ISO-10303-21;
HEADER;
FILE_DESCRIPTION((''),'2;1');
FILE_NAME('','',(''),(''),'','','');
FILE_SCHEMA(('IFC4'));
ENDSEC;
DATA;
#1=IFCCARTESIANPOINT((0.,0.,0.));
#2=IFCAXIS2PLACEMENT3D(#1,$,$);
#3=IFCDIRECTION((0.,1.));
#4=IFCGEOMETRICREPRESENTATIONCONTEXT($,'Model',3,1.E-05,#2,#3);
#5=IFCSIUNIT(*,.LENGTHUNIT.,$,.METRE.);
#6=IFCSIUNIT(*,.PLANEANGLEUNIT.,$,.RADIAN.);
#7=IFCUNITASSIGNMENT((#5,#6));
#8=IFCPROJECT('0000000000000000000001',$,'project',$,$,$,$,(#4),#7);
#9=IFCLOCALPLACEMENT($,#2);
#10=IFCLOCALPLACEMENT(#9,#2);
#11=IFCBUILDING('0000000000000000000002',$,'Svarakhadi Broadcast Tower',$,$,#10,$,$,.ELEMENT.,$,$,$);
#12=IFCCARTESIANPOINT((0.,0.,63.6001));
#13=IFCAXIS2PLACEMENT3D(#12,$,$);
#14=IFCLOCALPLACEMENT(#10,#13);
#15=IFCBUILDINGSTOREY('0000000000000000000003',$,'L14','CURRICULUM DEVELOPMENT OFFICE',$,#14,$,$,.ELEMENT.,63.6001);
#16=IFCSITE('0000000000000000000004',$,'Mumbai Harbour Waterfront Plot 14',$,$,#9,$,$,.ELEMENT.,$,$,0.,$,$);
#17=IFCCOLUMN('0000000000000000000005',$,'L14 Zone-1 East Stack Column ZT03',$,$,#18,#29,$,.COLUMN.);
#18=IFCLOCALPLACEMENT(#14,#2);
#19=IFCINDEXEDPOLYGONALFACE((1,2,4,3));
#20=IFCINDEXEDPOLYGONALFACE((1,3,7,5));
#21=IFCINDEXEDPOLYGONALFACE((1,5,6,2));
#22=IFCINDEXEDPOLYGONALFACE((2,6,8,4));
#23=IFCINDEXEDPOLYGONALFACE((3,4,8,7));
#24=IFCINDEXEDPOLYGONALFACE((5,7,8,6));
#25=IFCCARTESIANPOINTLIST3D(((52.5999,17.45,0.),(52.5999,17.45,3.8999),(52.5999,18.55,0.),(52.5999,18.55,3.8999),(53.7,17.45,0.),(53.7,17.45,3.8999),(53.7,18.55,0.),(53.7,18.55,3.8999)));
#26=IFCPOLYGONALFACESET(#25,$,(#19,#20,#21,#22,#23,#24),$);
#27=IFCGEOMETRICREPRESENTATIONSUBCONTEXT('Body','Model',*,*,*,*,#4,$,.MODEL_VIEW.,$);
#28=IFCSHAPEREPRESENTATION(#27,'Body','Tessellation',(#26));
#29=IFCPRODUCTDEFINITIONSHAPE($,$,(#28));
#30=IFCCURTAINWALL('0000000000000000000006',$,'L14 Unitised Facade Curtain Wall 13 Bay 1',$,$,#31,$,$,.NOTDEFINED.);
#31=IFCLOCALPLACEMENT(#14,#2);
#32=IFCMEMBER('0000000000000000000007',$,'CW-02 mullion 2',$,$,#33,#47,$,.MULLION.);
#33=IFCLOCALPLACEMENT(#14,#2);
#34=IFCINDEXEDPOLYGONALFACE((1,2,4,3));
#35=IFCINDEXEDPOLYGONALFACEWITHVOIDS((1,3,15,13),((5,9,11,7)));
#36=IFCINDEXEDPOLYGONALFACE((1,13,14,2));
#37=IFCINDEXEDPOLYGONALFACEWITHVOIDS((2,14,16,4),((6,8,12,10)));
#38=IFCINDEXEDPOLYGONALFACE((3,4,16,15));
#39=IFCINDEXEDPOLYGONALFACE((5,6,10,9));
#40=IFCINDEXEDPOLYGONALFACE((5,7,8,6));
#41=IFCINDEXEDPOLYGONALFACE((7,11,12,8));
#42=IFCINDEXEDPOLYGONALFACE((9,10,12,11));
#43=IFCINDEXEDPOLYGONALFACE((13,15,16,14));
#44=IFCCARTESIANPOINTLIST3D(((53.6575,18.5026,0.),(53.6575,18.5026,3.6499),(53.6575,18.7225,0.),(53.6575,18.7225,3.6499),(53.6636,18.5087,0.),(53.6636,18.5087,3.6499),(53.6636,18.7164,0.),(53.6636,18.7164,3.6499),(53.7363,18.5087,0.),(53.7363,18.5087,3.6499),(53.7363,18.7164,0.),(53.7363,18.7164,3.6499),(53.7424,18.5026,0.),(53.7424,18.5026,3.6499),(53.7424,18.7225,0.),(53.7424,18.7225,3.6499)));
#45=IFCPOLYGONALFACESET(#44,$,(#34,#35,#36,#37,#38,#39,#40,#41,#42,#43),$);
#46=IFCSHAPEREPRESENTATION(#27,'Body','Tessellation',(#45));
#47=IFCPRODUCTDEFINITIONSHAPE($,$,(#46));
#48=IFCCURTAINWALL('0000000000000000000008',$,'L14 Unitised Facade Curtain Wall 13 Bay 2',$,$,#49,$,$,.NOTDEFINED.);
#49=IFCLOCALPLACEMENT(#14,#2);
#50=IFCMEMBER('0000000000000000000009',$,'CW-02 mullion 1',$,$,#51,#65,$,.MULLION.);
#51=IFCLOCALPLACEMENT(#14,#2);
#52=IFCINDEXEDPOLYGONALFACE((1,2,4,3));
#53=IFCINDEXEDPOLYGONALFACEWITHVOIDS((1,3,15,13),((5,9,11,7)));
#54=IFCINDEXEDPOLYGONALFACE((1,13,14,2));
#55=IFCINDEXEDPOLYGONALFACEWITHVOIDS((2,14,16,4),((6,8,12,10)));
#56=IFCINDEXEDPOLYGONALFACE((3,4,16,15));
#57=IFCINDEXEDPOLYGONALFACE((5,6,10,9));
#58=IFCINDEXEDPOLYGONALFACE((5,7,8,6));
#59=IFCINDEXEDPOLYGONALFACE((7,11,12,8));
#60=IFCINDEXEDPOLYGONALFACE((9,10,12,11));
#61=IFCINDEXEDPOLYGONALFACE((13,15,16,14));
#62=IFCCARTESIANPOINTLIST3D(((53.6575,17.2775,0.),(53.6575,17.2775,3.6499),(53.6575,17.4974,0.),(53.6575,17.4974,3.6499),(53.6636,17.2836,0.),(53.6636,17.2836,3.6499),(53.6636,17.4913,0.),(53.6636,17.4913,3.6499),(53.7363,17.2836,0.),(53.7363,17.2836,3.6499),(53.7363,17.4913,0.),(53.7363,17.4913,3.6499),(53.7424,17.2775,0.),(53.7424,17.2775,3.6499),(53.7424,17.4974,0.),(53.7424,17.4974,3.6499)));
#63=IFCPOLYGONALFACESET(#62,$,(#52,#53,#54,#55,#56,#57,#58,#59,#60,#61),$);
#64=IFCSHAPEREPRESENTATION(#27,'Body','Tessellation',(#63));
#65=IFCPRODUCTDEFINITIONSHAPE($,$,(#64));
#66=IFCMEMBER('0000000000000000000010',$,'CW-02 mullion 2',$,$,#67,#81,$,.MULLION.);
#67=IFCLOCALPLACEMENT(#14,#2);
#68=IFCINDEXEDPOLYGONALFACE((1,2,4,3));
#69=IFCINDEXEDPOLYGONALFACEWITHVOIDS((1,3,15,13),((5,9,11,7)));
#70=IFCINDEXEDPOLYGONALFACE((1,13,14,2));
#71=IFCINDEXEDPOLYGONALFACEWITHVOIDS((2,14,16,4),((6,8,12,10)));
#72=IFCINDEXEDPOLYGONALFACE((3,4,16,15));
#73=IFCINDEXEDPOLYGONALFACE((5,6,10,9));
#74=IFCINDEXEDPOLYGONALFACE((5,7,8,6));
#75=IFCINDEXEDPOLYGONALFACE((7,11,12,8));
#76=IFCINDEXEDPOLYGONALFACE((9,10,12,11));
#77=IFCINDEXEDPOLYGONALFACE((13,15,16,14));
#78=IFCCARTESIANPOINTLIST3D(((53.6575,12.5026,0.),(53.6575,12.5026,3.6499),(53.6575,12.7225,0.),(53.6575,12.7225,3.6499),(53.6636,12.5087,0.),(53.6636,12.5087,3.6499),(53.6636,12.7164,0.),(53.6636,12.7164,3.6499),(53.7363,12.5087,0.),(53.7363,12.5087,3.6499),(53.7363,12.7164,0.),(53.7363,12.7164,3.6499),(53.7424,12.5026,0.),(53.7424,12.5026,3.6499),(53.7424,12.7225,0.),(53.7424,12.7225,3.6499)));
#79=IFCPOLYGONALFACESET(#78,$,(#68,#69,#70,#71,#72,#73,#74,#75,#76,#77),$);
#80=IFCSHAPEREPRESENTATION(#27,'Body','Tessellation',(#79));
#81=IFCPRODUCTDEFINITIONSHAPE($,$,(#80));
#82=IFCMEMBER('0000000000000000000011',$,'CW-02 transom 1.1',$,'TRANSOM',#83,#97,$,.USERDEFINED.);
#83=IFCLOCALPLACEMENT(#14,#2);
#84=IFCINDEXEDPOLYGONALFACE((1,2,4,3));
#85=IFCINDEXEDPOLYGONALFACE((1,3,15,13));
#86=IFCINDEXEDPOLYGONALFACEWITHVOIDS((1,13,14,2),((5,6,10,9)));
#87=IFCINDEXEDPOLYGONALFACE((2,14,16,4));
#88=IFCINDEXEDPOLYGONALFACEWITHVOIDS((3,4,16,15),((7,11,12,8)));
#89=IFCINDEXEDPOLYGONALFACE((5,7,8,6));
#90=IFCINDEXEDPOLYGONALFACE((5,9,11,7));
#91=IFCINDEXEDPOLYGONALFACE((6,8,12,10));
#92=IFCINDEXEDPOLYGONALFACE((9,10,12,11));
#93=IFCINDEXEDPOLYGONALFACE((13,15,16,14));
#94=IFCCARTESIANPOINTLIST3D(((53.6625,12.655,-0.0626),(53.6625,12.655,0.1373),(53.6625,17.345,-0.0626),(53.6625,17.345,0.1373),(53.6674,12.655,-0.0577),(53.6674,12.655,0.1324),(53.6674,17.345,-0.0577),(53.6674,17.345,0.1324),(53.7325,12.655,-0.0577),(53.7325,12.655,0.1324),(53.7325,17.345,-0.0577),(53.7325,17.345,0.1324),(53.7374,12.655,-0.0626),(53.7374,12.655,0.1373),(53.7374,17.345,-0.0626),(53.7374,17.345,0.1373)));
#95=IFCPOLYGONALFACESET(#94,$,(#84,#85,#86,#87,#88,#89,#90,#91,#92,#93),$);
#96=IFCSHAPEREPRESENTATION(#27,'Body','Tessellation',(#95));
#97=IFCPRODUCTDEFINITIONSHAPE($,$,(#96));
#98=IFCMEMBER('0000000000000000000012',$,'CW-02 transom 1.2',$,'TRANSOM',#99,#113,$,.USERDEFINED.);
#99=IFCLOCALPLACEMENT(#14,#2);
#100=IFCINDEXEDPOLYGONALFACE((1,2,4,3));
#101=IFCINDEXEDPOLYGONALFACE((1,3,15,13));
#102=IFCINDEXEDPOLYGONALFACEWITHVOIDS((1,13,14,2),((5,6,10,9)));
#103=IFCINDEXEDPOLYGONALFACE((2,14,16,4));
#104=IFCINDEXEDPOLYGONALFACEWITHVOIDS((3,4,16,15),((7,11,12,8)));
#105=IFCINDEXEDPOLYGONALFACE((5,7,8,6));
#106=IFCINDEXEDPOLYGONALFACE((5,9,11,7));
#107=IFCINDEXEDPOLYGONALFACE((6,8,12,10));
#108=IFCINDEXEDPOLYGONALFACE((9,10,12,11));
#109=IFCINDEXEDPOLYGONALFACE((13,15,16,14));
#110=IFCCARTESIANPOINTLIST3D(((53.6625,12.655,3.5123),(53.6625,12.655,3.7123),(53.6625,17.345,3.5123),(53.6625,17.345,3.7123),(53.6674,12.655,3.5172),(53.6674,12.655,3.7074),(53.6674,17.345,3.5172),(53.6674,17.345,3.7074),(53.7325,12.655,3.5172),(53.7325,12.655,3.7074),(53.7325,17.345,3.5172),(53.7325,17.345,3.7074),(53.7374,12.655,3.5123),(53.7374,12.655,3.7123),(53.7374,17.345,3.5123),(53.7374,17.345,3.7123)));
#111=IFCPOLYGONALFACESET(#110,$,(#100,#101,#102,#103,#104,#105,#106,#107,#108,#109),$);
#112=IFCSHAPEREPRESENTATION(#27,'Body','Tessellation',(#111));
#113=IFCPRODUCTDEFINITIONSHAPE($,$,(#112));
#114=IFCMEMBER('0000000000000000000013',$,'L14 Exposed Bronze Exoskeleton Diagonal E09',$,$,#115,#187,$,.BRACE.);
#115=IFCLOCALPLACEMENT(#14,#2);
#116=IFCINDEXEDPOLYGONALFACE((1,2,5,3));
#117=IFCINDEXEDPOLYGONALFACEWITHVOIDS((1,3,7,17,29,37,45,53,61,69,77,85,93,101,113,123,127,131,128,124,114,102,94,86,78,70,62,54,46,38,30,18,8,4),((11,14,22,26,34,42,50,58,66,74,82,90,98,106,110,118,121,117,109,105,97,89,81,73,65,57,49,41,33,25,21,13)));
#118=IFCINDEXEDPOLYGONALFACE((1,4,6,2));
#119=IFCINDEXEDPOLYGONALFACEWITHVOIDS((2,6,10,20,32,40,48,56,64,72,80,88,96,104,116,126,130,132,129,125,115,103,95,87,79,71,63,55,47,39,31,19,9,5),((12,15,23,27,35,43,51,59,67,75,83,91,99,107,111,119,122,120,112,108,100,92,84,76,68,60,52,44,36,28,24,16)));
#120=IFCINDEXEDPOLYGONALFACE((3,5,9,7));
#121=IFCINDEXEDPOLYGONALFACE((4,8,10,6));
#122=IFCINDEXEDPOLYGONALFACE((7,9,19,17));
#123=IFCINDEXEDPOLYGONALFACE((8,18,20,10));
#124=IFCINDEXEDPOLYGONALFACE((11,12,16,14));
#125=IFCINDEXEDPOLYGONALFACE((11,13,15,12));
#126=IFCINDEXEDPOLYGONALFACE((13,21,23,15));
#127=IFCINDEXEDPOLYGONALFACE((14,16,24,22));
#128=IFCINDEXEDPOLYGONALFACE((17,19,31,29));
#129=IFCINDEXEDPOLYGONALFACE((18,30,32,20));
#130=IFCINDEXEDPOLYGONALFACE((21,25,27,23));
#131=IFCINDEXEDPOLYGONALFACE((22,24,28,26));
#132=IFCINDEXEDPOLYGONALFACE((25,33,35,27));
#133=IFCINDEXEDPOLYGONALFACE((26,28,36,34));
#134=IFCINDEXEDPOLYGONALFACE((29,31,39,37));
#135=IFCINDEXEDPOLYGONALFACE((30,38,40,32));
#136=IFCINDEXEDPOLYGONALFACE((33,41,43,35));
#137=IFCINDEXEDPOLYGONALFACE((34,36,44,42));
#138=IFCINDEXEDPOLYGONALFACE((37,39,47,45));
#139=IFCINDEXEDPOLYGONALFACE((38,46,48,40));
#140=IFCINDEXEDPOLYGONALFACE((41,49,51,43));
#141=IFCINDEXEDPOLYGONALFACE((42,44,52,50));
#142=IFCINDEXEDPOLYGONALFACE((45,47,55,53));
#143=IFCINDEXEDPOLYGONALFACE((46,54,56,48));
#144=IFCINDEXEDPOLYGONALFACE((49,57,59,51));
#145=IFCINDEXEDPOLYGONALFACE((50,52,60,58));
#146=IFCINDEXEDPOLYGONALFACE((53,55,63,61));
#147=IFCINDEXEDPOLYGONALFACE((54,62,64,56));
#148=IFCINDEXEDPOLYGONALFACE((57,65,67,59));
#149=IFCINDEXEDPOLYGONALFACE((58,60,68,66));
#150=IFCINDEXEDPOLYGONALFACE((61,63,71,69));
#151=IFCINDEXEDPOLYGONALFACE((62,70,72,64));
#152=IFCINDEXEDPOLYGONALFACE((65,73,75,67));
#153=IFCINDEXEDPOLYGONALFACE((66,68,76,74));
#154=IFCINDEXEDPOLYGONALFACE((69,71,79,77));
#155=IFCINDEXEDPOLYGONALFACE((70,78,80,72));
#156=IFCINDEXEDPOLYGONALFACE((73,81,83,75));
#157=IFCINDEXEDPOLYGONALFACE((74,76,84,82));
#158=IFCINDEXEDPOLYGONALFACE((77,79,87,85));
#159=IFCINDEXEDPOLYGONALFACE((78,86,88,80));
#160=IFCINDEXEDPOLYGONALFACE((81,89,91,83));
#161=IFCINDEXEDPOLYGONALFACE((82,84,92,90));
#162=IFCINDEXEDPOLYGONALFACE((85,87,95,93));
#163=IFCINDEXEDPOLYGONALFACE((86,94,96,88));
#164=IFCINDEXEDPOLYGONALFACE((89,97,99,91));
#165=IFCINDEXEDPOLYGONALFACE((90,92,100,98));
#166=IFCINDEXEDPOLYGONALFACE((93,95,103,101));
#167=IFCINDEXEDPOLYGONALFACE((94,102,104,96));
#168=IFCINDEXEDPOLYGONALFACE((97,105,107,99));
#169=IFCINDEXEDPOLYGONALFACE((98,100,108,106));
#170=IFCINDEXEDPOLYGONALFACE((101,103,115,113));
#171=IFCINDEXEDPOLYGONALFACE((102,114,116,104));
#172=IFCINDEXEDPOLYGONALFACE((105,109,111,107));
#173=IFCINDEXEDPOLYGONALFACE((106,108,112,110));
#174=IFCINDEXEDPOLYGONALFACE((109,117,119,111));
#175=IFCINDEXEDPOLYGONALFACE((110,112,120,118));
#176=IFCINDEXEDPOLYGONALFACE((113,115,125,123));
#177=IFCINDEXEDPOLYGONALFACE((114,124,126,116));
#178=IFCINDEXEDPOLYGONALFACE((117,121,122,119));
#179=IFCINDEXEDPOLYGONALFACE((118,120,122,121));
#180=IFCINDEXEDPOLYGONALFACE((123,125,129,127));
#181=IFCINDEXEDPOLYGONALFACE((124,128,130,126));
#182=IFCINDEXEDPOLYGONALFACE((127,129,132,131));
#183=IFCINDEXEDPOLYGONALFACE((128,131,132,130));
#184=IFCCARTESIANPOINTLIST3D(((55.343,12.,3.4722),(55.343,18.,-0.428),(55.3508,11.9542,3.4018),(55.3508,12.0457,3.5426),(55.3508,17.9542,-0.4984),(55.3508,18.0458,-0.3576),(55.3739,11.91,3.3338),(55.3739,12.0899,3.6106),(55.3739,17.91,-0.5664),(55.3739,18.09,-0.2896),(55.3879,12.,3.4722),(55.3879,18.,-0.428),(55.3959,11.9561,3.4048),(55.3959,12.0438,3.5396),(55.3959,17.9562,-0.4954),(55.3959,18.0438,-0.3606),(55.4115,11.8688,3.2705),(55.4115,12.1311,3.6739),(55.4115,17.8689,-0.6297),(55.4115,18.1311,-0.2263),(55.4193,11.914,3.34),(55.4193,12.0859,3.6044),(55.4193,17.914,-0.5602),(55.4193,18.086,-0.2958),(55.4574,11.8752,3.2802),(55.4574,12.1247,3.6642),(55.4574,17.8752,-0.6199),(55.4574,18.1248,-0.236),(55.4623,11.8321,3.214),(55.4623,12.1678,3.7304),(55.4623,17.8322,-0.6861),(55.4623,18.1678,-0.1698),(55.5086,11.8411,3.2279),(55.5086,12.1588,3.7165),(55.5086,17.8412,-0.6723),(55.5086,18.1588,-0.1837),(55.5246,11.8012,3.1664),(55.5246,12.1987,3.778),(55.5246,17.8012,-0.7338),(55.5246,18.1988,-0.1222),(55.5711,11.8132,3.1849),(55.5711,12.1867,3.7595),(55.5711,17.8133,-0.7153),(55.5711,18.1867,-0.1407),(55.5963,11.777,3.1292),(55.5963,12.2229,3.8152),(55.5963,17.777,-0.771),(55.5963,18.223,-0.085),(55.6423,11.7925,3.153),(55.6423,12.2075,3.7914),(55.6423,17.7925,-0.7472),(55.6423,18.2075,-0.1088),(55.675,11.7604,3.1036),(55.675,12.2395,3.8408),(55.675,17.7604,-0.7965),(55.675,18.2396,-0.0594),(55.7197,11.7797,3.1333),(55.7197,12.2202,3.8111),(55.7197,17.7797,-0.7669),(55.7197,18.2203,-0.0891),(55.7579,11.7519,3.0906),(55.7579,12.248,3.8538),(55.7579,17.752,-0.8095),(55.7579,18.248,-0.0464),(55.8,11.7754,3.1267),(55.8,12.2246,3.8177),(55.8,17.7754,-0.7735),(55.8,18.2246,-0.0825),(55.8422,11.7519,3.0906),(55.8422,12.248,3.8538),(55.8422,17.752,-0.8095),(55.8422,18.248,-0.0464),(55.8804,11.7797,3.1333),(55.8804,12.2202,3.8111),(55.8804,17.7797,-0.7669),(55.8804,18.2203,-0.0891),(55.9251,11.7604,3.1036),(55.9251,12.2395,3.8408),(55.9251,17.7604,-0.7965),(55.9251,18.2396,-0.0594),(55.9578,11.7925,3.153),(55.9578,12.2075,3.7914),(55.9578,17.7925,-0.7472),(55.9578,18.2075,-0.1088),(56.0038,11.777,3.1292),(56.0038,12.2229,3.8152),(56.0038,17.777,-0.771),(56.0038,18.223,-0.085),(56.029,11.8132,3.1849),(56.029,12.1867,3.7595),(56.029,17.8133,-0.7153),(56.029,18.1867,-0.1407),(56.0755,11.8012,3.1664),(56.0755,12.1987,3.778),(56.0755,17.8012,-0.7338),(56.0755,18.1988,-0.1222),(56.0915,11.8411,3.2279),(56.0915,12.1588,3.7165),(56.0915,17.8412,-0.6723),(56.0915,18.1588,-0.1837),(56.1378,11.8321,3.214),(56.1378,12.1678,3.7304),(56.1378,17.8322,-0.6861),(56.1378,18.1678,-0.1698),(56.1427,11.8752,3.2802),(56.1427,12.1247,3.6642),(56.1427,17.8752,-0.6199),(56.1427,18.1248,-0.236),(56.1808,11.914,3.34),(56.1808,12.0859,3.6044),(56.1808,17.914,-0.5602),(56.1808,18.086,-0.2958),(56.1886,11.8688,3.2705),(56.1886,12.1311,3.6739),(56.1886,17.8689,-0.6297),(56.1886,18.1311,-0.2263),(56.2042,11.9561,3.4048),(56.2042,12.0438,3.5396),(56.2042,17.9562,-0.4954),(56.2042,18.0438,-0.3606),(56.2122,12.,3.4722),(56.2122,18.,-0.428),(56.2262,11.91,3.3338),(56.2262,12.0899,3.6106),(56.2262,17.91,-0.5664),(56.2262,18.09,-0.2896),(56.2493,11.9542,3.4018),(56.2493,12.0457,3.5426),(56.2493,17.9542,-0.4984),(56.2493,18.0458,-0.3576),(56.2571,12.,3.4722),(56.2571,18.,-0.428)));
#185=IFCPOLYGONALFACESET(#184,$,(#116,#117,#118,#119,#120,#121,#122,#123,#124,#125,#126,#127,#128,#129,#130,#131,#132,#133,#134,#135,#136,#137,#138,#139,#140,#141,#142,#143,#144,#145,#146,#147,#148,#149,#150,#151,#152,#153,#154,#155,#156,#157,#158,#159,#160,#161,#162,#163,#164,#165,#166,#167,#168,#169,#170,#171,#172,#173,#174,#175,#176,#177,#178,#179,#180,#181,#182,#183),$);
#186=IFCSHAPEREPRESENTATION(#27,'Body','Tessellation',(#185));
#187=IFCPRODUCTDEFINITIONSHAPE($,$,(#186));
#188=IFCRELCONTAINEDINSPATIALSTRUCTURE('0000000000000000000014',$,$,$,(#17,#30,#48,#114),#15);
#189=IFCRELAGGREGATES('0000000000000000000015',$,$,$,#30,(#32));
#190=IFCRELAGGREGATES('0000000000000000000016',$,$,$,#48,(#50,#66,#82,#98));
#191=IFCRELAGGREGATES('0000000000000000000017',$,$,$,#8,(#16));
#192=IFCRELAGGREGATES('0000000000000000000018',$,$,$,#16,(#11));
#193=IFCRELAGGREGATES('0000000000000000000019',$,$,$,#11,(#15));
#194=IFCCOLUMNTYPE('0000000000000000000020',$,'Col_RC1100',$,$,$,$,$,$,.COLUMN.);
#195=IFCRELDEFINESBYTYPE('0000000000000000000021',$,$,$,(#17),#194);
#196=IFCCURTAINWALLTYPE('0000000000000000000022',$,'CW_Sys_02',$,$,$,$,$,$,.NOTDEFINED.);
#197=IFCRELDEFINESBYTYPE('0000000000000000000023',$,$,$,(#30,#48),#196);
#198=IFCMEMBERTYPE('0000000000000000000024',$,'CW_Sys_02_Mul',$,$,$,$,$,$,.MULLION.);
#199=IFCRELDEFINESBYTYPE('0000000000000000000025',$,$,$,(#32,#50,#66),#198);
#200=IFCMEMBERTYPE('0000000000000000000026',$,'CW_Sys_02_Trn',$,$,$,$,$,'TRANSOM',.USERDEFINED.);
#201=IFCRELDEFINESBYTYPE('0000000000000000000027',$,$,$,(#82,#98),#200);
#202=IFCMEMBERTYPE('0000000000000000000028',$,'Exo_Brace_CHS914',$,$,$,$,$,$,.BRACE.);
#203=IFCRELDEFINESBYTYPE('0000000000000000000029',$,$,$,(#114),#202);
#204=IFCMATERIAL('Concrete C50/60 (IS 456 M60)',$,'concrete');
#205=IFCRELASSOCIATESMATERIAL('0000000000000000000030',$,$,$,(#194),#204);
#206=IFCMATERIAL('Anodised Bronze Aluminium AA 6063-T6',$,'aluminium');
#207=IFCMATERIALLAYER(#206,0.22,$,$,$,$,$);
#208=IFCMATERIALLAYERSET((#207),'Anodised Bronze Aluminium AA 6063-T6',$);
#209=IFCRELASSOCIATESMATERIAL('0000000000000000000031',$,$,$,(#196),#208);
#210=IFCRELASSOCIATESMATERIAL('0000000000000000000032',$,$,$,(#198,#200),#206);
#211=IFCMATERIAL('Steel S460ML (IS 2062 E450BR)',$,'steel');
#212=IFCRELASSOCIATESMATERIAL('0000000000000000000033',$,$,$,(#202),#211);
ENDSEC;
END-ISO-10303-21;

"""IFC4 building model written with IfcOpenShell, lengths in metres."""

from ifc_helpers import new_model, si_unit, direction, frame, origin, origin_2d, place, context, subcontext, project, spatial, rectangle, hollow_rectangle, hollow_circle, extrude, material, layer, layer_set, material_profile, profile_set, type_object, element, aggregate, save


model = new_model("IFC4")

# Units and contexts
model_context = context("Model", 3, precision=1e-05, world=origin(), true_north=direction((0.0, 1.0)))
body_context = subcontext(model_context, "Body", "Model", "MODEL_VIEW")
ifc_project = project(units=[si_unit("LENGTHUNIT", "METRE"), si_unit("PLANEANGLEUNIT", "RADIAN")], contexts=[model_context])

# Site, building, storey
site_placement = place(None, origin())
site = spatial("IfcSite", under=ifc_project, at=site_placement, Name="Mumbai Harbour Waterfront Plot 14", CompositionType="ELEMENT", RefElevation=0.0)
building_placement = place(site_placement, origin())
building = spatial("IfcBuilding", under=site, at=building_placement, Name="Svarakhadi Broadcast Tower", CompositionType="ELEMENT")
storey_placement = place(building_placement, frame((0.0, 0.0, 63.6001)))
storey = spatial("IfcBuildingStorey", under=building, at=storey_placement, Name="L14", Description="CURRICULUM DEVELOPMENT OFFICE", CompositionType="ELEMENT", Elevation=63.6001)

# Column
ifc_material_1 = material(Name="Concrete C50/60 (IS 456 M60)", Category="concrete")
ifc_material_profile_1 = material_profile(ifc_material_1, rectangle(XDim=1.1001, YDim=1.1001, at=origin_2d()), Name="RC 1100x1100")
ifc_profile_set_1 = profile_set([ifc_material_profile_1], Name="Concrete C50/60 (IS 456 M60)")
column_type = type_object("IfcColumnType", Name="Col_RC1100", PredefinedType="COLUMN", material=ifc_profile_set_1)
column_placement = place(storey_placement, frame((53.1499, 18.0, 0.0), z_axis=(0.0, 0.0, 1.0), x_axis=(1.0, 0.0, 0.0)))
element("IfcColumn", 1, at=column_placement, inside=storey, type_object=column_type, Name="L14 Zone-1 East Stack Column ZT03", PredefinedType="COLUMN", context=body_context, shape_type="SweptSolid", body=[
    extrude(rectangle(XDim=1.1001, YDim=1.1001, at=origin_2d()), origin(), (0.0, 0.0, 1.0), 3.8999),
])

# Curtain wall, member
ifc_material_2 = material(Name="Anodised Bronze Aluminium AA 6063-T6", Category="aluminium")
ifc_layer_1 = layer(ifc_material_2, 0.22)
ifc_layer_set_1 = layer_set([ifc_layer_1], Name="Anodised Bronze Aluminium AA 6063-T6")
curtain_wall_type = type_object("IfcCurtainWallType", Name="CW_Sys_02", PredefinedType="NOTDEFINED", material=ifc_layer_set_1)
curtain_wall_1_placement = place(storey_placement, origin())
curtain_wall_1 = element("IfcCurtainWall", 2, at=curtain_wall_1_placement, inside=storey, type_object=curtain_wall_type, Name="L14 Unitised Facade Curtain Wall 13 Bay 1", PredefinedType="NOTDEFINED")
ifc_material_profile_2 = material_profile(ifc_material_2, hollow_rectangle(XDim=0.085, YDim=0.22, WallThickness=0.0061, at=origin_2d()), Name="ALU MULLION 220x85x6")
ifc_profile_set_2 = profile_set([ifc_material_profile_2], Name="Anodised Bronze Aluminium AA 6063-T6")
member_type_1 = type_object("IfcMemberType", Name="CW_Sys_02_Mul", PredefinedType="MULLION", material=ifc_profile_set_2)
member_1_placement = place(storey_placement, frame((53.7, 18.6125, 0.0), z_axis=(0.0, 0.0, 1.0), x_axis=(1.0, 0.0, 0.0)))
member_1 = element("IfcMember", 3, at=member_1_placement, type_object=member_type_1, Name="CW-02 mullion 2", PredefinedType="MULLION", context=body_context, shape_type="SweptSolid", body=[
    extrude(hollow_rectangle(XDim=0.085, YDim=0.22, WallThickness=0.0061, at=origin_2d()), origin(), (0.0, 0.0, 1.0), 3.6499),
])

# Curtain wall, members
curtain_wall_2_placement = place(storey_placement, origin())
curtain_wall_2 = element("IfcCurtainWall", 4, at=curtain_wall_2_placement, inside=storey, type_object=curtain_wall_type, Name="L14 Unitised Facade Curtain Wall 13 Bay 2", PredefinedType="NOTDEFINED")
member_2_placement = place(storey_placement, frame((53.7, 17.3875, 0.0), z_axis=(0.0, 0.0, 1.0), x_axis=(1.0, 0.0, 0.0)))
member_2 = element("IfcMember", 5, at=member_2_placement, type_object=member_type_1, Name="CW-02 mullion 1", PredefinedType="MULLION", context=body_context, shape_type="SweptSolid", body=[
    extrude(hollow_rectangle(XDim=0.085, YDim=0.22, WallThickness=0.0061, at=origin_2d()), origin(), (0.0, 0.0, 1.0), 3.6499),
])
member_3_placement = place(storey_placement, frame((53.7, 12.6125, 0.0), z_axis=(0.0, 0.0, 1.0), x_axis=(1.0, 0.0, 0.0)))
member_3 = element("IfcMember", 6, at=member_3_placement, type_object=member_type_1, Name="CW-02 mullion 2", PredefinedType="MULLION", context=body_context, shape_type="SweptSolid", body=[
    extrude(hollow_rectangle(XDim=0.085, YDim=0.22, WallThickness=0.0061, at=origin_2d()), origin(), (0.0, 0.0, 1.0), 3.6499),
])
ifc_material_profile_3 = material_profile(ifc_material_2, hollow_rectangle(XDim=0.075, YDim=0.2, WallThickness=0.0049, at=origin_2d()), Name="ALU TRANSOM 200x75x5")
ifc_profile_set_3 = profile_set([ifc_material_profile_3], Name="Anodised Bronze Aluminium AA 6063-T6")
member_type_2 = type_object("IfcMemberType", Name="CW_Sys_02_Trn", ElementType="TRANSOM", PredefinedType="USERDEFINED", material=ifc_profile_set_3)
member_4_placement = place(storey_placement, frame((53.7, 17.345, 0.0374), z_axis=(0.0, -1.0, 0.0), x_axis=(1.0, 0.0, 0.0)))
member_4 = element("IfcMember", 7, at=member_4_placement, type_object=member_type_2, Name="CW-02 transom 1.1", ObjectType="TRANSOM", PredefinedType="USERDEFINED", context=body_context, shape_type="SweptSolid", body=[
    extrude(hollow_rectangle(XDim=0.075, YDim=0.2, WallThickness=0.0049, at=origin_2d()), origin(), (0.0, 0.0, 1.0), 4.6899),
])
member_5_placement = place(storey_placement, frame((53.7, 17.345, 3.6123), z_axis=(0.0, -1.0, 0.0), x_axis=(1.0, 0.0, 0.0)))
member_5 = element("IfcMember", 8, at=member_5_placement, type_object=member_type_2, Name="CW-02 transom 1.2", ObjectType="TRANSOM", PredefinedType="USERDEFINED", context=body_context, shape_type="SweptSolid", body=[
    extrude(hollow_rectangle(XDim=0.075, YDim=0.2, WallThickness=0.0049, at=origin_2d()), origin(), (0.0, 0.0, 1.0), 4.6899),
])

# Member
ifc_material_3 = material(Name="Steel S460ML (IS 2062 E450BR)", Category="steel")
ifc_material_profile_4 = material_profile(ifc_material_3, hollow_circle(Radius=0.457, WallThickness=0.0449, at=origin_2d()), Name="CHS 914x45")
ifc_profile_set_4 = profile_set([ifc_material_profile_4], Name="Steel S460ML (IS 2062 E450BR)")
member_type_3 = type_object("IfcMemberType", Name="Exo_Brace_CHS914", PredefinedType="BRACE", material=ifc_profile_set_4)
member_6_placement = place(storey_placement, frame((55.8, 18.0, -0.428), z_axis=(0.0, -0.838434, 0.545003), x_axis=(1.0, 0.0, 0.0)))
element("IfcMember", 9, at=member_6_placement, inside=storey, type_object=member_type_3, Name="L14 Exposed Bronze Exoskeleton Diagonal E09", PredefinedType="BRACE", context=body_context, shape_type="SweptSolid", body=[
    extrude(hollow_circle(Radius=0.457, WallThickness=0.0449, at=origin_2d()), origin(), (0.0, 0.0, 1.0), 7.1562),
])

aggregate(curtain_wall_1, [member_1])
aggregate(curtain_wall_2, [member_2, member_3, member_4, member_5])

save(model, "model.ifc")
